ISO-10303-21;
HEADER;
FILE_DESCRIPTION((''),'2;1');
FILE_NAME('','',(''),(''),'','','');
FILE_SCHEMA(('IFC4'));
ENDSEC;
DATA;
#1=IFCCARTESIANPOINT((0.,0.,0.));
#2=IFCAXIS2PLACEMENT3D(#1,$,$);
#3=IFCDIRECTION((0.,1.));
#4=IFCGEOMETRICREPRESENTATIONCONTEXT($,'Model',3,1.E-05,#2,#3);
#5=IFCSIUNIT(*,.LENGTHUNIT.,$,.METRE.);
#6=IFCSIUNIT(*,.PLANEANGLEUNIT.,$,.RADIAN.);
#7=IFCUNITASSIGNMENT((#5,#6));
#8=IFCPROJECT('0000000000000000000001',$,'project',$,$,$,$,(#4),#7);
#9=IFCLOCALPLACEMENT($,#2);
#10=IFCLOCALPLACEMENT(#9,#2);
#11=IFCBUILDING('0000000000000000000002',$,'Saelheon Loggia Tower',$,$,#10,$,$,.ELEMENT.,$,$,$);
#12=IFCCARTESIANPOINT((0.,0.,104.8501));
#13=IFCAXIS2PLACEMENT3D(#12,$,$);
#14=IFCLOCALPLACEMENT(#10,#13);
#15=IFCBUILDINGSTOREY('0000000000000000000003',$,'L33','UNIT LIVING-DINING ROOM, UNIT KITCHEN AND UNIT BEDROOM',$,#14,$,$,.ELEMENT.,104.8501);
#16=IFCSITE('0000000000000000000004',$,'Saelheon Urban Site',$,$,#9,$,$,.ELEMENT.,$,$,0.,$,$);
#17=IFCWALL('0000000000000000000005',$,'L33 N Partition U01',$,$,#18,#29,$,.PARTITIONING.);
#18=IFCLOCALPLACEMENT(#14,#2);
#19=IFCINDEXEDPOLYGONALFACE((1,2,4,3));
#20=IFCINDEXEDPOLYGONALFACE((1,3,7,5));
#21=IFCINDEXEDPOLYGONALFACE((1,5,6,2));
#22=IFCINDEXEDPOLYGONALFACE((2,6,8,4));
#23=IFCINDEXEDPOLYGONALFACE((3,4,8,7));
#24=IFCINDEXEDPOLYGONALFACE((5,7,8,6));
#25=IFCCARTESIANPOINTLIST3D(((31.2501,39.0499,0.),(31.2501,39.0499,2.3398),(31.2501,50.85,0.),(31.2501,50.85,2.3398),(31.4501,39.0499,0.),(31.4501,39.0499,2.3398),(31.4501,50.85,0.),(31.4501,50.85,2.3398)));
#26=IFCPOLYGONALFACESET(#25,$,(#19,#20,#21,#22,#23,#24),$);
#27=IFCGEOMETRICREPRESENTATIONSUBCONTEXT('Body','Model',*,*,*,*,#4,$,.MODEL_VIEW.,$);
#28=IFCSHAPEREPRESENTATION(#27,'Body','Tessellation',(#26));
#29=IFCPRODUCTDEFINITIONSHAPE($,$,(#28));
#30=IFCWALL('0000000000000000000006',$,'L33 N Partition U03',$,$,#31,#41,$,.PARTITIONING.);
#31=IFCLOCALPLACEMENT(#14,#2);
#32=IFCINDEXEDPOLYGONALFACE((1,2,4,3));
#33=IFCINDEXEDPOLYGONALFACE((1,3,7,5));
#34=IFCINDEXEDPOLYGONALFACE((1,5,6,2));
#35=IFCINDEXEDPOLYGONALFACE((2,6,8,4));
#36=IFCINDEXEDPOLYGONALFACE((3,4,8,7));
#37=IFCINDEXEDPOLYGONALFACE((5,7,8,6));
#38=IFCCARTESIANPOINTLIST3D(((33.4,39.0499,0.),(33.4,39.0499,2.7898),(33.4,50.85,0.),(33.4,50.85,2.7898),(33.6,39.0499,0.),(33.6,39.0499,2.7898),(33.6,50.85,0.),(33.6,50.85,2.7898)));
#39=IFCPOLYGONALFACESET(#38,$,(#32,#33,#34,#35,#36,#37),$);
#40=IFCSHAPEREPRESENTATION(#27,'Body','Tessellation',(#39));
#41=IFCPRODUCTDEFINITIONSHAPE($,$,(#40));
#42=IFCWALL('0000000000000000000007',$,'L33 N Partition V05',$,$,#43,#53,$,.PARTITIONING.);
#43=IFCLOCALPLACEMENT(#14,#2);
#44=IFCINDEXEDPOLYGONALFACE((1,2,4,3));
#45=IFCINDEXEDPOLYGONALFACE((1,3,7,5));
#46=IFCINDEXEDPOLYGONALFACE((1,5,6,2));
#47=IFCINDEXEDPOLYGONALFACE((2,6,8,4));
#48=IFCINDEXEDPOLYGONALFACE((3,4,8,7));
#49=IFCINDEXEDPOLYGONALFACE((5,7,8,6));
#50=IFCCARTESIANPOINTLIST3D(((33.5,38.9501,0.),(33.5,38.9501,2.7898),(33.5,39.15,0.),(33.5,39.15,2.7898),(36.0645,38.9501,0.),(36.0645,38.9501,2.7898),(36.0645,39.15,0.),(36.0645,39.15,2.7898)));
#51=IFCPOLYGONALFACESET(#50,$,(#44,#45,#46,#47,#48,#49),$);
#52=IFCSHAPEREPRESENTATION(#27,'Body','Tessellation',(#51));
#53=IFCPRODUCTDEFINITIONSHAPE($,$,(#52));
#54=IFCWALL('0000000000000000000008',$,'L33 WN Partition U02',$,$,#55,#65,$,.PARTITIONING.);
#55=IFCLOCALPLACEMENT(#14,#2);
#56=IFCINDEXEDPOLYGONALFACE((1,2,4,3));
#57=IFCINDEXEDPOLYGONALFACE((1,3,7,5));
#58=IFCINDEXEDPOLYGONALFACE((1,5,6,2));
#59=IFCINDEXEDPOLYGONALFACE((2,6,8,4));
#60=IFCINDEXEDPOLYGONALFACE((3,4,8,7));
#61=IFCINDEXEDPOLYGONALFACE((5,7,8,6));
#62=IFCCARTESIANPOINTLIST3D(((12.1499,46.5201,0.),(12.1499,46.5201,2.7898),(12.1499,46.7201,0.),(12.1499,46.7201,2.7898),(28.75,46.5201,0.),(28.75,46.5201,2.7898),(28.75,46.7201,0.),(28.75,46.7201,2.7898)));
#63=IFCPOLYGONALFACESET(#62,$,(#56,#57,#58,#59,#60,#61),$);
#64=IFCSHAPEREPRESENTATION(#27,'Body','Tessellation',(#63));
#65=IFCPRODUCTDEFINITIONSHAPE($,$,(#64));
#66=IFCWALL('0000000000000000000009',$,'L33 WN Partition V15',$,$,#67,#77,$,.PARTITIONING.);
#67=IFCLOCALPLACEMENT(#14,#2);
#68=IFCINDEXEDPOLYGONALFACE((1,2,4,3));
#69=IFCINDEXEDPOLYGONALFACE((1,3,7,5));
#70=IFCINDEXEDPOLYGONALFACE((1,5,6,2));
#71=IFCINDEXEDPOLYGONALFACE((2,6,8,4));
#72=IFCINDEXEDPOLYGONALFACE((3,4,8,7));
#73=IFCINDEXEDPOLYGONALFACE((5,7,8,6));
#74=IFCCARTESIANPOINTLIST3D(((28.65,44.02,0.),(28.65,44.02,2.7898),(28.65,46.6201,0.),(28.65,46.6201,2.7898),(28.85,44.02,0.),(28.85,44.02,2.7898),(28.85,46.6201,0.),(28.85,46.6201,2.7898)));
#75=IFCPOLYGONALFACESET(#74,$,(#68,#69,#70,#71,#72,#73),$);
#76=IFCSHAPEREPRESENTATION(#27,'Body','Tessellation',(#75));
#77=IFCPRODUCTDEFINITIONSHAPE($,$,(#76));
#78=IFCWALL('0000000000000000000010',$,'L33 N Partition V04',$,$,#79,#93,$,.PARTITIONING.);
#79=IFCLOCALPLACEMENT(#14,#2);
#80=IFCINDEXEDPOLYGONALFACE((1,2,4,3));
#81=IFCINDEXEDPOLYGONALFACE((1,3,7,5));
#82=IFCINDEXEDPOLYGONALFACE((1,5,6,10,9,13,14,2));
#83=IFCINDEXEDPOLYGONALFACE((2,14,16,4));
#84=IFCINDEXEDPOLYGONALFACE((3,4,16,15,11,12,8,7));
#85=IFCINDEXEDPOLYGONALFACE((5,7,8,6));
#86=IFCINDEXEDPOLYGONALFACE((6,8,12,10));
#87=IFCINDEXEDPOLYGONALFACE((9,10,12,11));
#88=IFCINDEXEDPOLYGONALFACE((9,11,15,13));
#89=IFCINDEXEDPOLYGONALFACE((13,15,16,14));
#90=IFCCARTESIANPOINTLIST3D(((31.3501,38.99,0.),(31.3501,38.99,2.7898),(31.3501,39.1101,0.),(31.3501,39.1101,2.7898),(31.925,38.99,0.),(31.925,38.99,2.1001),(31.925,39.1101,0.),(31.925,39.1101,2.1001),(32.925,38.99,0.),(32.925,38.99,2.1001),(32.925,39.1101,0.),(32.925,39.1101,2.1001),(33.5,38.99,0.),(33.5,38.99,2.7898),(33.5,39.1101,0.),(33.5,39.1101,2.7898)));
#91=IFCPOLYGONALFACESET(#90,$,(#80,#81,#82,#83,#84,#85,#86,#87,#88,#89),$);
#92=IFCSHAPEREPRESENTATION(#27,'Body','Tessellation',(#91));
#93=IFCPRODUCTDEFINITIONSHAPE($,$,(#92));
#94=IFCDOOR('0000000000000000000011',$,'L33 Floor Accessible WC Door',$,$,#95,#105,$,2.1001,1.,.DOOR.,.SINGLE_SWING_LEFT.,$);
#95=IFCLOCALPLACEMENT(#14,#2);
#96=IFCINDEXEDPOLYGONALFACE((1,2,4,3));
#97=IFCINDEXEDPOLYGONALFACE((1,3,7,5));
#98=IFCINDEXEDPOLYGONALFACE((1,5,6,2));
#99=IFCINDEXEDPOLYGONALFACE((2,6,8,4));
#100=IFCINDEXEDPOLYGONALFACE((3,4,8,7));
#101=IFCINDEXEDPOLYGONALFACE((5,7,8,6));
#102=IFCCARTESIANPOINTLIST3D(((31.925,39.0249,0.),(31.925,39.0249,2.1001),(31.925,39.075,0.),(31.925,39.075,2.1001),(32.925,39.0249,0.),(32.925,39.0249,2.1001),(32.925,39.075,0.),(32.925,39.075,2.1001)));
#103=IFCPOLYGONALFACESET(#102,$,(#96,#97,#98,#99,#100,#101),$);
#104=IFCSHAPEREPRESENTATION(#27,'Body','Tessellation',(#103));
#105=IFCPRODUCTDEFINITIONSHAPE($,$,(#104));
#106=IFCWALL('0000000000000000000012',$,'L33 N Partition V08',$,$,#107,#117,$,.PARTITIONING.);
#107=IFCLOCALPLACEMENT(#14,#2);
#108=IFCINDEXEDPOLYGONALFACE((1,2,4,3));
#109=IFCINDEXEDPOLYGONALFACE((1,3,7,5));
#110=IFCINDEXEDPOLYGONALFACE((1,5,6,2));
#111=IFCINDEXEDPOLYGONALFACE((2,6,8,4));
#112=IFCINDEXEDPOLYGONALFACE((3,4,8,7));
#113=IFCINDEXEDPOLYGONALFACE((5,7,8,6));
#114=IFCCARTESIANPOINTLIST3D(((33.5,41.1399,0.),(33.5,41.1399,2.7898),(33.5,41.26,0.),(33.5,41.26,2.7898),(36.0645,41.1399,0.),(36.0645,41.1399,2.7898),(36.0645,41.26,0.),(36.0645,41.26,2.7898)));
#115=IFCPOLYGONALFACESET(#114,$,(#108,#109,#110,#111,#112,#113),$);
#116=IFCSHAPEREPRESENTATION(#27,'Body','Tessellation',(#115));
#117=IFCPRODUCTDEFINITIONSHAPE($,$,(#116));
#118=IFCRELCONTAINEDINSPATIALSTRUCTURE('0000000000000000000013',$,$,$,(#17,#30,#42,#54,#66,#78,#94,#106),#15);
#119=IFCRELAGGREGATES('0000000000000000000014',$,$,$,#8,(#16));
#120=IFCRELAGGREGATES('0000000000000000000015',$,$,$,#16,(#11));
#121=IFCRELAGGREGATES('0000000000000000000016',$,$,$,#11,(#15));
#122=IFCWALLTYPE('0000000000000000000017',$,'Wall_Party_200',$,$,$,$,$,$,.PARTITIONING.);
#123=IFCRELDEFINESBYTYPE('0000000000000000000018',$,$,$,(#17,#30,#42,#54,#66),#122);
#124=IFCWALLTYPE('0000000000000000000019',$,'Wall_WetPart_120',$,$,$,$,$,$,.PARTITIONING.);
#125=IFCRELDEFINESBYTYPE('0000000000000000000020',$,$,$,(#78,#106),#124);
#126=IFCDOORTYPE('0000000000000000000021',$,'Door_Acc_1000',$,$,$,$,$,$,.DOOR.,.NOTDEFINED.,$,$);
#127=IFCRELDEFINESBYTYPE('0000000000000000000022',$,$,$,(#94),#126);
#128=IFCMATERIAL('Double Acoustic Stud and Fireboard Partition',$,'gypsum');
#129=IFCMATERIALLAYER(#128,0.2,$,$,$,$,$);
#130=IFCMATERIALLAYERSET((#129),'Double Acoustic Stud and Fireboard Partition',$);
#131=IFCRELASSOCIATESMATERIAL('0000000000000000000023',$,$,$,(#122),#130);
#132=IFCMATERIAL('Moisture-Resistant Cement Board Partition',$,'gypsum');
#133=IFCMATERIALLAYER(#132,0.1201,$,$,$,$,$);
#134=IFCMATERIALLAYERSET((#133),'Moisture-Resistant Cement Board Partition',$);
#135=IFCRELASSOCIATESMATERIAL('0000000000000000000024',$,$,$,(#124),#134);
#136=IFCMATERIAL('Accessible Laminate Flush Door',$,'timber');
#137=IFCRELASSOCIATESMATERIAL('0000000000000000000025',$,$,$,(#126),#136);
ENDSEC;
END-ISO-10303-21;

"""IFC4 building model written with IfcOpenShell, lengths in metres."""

from ifc_helpers import new_model, si_unit, direction, frame, frame_2d, origin, place, context, subcontext, project, spatial, rectangle, extrude, source, transform, mapped, material, layer, layer_set, type_object, element, fill, save


model = new_model("IFC4")

# Units and contexts
model_context = context("Model", 3, precision=1e-05, world=origin(), true_north=direction((0.0, 1.0)))
body_context = subcontext(model_context, "Body", "Model", "MODEL_VIEW")
ifc_project = project(units=[si_unit("LENGTHUNIT", "METRE"), si_unit("PLANEANGLEUNIT", "RADIAN")], contexts=[model_context])

# Site, building, storey
site_placement = place(None, origin())
site = spatial("IfcSite", under=ifc_project, at=site_placement, Name="Saelheon Urban Site", CompositionType="ELEMENT", RefElevation=0.0)
building_placement = place(site_placement, origin())
building = spatial("IfcBuilding", under=site, at=building_placement, Name="Saelheon Loggia Tower", CompositionType="ELEMENT")
storey_placement = place(building_placement, frame((0.0, 0.0, 104.8501)))
storey = spatial("IfcBuildingStorey", under=building, at=storey_placement, Name="L33", Description="UNIT LIVING-DINING ROOM, UNIT KITCHEN AND UNIT BEDROOM", CompositionType="ELEMENT", Elevation=104.8501)

# Walls
ifc_material_1 = material(Name="Double Acoustic Stud and Fireboard Partition", Category="gypsum")
ifc_layer_1 = layer(ifc_material_1, 0.2)
ifc_layer_set_1 = layer_set([ifc_layer_1], Name="Double Acoustic Stud and Fireboard Partition")
wall_type_1 = type_object("IfcWallType", Name="Wall_Party_200", PredefinedType="PARTITIONING", material=ifc_layer_set_1)
wall_1_placement = place(storey_placement, frame((31.3501, 39.05, 0.0), z_axis=(0.0, 0.0, 1.0), x_axis=(0.0, 1.0, 0.0)))
element("IfcWall", 1, at=wall_1_placement, inside=storey, type_object=wall_type_1, Name="L33 N Partition U01", PredefinedType="PARTITIONING", context=body_context, shape_type="SweptSolid", body=[
    extrude(rectangle(XDim=11.8, YDim=0.2, at=frame_2d((5.8999, 0.0))), origin(), (0.0, 0.0, 1.0), 2.3398),
])
wall_2_placement = place(storey_placement, frame((33.5, 39.05, 0.0), z_axis=(0.0, 0.0, 1.0), x_axis=(0.0, 1.0, 0.0)))
element("IfcWall", 2, at=wall_2_placement, inside=storey, type_object=wall_type_1, Name="L33 N Partition U03", PredefinedType="PARTITIONING", context=body_context, shape_type="SweptSolid", body=[
    extrude(rectangle(XDim=11.8, YDim=0.2, at=frame_2d((5.8999, 0.0))), origin(), (0.0, 0.0, 1.0), 2.7898),
])
wall_3_placement = place(storey_placement, frame((33.5, 39.05, 0.0), z_axis=(0.0, 0.0, 1.0), x_axis=(1.0, 0.0, 0.0)))
element("IfcWall", 3, at=wall_3_placement, inside=storey, type_object=wall_type_1, Name="L33 N Partition V05", PredefinedType="PARTITIONING", context=body_context, shape_type="SweptSolid", body=[
    extrude(rectangle(XDim=2.5645, YDim=0.2, at=frame_2d((1.2822, 0.0))), origin(), (0.0, 0.0, 1.0), 2.7898),
])
wall_4_placement = place(storey_placement, frame((28.75, 46.6201, 0.0), z_axis=(0.0, 0.0, 1.0), x_axis=(-1.0, 0.0, 0.0)))
element("IfcWall", 4, at=wall_4_placement, inside=storey, type_object=wall_type_1, Name="L33 WN Partition U02", PredefinedType="PARTITIONING", context=body_context, shape_type="SweptSolid", body=[
    extrude(rectangle(XDim=16.6001, YDim=0.2, at=frame_2d((8.3, 0.0))), origin(), (0.0, 0.0, 1.0), 2.7898),
])
wall_5_placement = place(storey_placement, frame((28.75, 44.02, 0.0), z_axis=(0.0, 0.0, 1.0), x_axis=(0.0, 1.0, 0.0)))
element("IfcWall", 5, at=wall_5_placement, inside=storey, type_object=wall_type_1, Name="L33 WN Partition V15", PredefinedType="PARTITIONING", context=body_context, shape_type="SweptSolid", body=[
    extrude(rectangle(XDim=2.6001, YDim=0.2, at=frame_2d((1.3, 0.0))), origin(), (0.0, 0.0, 1.0), 2.7898),
])

# Wall, opening, door
ifc_material_2 = material(Name="Moisture-Resistant Cement Board Partition", Category="gypsum")
ifc_layer_2 = layer(ifc_material_2, 0.1201)
ifc_layer_set_2 = layer_set([ifc_layer_2], Name="Moisture-Resistant Cement Board Partition")
wall_type_2 = type_object("IfcWallType", Name="Wall_WetPart_120", PredefinedType="PARTITIONING", material=ifc_layer_set_2)
wall_6_placement = place(storey_placement, frame((31.3501, 39.05, 0.0), z_axis=(0.0, 0.0, 1.0), x_axis=(1.0, 0.0, 0.0)))
wall_6 = element("IfcWall", 6, at=wall_6_placement, inside=storey, type_object=wall_type_2, Name="L33 N Partition V04", PredefinedType="PARTITIONING", context=body_context, shape_type="SweptSolid", body=[
    extrude(rectangle(XDim=2.1499, YDim=0.1201, at=frame_2d((1.075, 0.0))), origin(), (0.0, 0.0, 1.0), 2.7898),
])
opening_1_placement = place(wall_6_placement, frame((0.575, 0.0, 0.0)))
opening_1 = element("IfcOpeningElement", 7, at=opening_1_placement, cuts=wall_6, PredefinedType="OPENING", context=body_context, shape_type="SweptSolid", body=[
    extrude(rectangle(XDim=1.0, YDim=2.1001, at=frame_2d((0.5, 1.05))), frame((0.0, 0.072, 0.0), z_axis=(0.0, -1.0, 0.0), x_axis=(1.0, 0.0, 0.0)), (0.0, 0.0, 1.0), 0.144),
])
ifc_material_3 = material(Name="Accessible Laminate Flush Door", Category="timber")
door_type_1 = type_object("IfcDoorType", Name="Door_Acc_1000", OperationType="NOTDEFINED", PredefinedType="DOOR", material=ifc_material_3)
shared_shape_1 = source(origin(), body_context, "Body", "SweptSolid", [
    extrude(rectangle(XDim=1.0, YDim=2.1001, at=frame_2d((0.5, 1.05))), frame((0.0, 0.0249, 0.0), z_axis=(0.0, -1.0, 0.0), x_axis=(1.0, 0.0, 0.0)), (0.0, 0.0, 1.0), 0.05),
])
door_1_placement = place(opening_1_placement, origin())
door_1 = element("IfcDoor", 8, at=door_1_placement, inside=storey, type_object=door_type_1, Name="L33 Floor Accessible WC Door", OperationType="SINGLE_SWING_LEFT", OverallHeight=2.1001, OverallWidth=1.0, PredefinedType="DOOR", context=body_context, shape_type="MappedRepresentation", body=[
    mapped(shared_shape_1, transform((0.0, 0.0, 0.0), scale=1.0)),
])
fill(opening_1, door_1)

# Wall
wall_7_placement = place(storey_placement, frame((33.5, 41.2, 0.0), z_axis=(0.0, 0.0, 1.0), x_axis=(1.0, 0.0, 0.0)))
element("IfcWall", 9, at=wall_7_placement, inside=storey, type_object=wall_type_2, Name="L33 N Partition V08", PredefinedType="PARTITIONING", context=body_context, shape_type="SweptSolid", body=[
    extrude(rectangle(XDim=2.5645, YDim=0.1201, at=frame_2d((1.2822, 0.0))), origin(), (0.0, 0.0, 1.0), 2.7898),
])

save(model, "model.ifc")
